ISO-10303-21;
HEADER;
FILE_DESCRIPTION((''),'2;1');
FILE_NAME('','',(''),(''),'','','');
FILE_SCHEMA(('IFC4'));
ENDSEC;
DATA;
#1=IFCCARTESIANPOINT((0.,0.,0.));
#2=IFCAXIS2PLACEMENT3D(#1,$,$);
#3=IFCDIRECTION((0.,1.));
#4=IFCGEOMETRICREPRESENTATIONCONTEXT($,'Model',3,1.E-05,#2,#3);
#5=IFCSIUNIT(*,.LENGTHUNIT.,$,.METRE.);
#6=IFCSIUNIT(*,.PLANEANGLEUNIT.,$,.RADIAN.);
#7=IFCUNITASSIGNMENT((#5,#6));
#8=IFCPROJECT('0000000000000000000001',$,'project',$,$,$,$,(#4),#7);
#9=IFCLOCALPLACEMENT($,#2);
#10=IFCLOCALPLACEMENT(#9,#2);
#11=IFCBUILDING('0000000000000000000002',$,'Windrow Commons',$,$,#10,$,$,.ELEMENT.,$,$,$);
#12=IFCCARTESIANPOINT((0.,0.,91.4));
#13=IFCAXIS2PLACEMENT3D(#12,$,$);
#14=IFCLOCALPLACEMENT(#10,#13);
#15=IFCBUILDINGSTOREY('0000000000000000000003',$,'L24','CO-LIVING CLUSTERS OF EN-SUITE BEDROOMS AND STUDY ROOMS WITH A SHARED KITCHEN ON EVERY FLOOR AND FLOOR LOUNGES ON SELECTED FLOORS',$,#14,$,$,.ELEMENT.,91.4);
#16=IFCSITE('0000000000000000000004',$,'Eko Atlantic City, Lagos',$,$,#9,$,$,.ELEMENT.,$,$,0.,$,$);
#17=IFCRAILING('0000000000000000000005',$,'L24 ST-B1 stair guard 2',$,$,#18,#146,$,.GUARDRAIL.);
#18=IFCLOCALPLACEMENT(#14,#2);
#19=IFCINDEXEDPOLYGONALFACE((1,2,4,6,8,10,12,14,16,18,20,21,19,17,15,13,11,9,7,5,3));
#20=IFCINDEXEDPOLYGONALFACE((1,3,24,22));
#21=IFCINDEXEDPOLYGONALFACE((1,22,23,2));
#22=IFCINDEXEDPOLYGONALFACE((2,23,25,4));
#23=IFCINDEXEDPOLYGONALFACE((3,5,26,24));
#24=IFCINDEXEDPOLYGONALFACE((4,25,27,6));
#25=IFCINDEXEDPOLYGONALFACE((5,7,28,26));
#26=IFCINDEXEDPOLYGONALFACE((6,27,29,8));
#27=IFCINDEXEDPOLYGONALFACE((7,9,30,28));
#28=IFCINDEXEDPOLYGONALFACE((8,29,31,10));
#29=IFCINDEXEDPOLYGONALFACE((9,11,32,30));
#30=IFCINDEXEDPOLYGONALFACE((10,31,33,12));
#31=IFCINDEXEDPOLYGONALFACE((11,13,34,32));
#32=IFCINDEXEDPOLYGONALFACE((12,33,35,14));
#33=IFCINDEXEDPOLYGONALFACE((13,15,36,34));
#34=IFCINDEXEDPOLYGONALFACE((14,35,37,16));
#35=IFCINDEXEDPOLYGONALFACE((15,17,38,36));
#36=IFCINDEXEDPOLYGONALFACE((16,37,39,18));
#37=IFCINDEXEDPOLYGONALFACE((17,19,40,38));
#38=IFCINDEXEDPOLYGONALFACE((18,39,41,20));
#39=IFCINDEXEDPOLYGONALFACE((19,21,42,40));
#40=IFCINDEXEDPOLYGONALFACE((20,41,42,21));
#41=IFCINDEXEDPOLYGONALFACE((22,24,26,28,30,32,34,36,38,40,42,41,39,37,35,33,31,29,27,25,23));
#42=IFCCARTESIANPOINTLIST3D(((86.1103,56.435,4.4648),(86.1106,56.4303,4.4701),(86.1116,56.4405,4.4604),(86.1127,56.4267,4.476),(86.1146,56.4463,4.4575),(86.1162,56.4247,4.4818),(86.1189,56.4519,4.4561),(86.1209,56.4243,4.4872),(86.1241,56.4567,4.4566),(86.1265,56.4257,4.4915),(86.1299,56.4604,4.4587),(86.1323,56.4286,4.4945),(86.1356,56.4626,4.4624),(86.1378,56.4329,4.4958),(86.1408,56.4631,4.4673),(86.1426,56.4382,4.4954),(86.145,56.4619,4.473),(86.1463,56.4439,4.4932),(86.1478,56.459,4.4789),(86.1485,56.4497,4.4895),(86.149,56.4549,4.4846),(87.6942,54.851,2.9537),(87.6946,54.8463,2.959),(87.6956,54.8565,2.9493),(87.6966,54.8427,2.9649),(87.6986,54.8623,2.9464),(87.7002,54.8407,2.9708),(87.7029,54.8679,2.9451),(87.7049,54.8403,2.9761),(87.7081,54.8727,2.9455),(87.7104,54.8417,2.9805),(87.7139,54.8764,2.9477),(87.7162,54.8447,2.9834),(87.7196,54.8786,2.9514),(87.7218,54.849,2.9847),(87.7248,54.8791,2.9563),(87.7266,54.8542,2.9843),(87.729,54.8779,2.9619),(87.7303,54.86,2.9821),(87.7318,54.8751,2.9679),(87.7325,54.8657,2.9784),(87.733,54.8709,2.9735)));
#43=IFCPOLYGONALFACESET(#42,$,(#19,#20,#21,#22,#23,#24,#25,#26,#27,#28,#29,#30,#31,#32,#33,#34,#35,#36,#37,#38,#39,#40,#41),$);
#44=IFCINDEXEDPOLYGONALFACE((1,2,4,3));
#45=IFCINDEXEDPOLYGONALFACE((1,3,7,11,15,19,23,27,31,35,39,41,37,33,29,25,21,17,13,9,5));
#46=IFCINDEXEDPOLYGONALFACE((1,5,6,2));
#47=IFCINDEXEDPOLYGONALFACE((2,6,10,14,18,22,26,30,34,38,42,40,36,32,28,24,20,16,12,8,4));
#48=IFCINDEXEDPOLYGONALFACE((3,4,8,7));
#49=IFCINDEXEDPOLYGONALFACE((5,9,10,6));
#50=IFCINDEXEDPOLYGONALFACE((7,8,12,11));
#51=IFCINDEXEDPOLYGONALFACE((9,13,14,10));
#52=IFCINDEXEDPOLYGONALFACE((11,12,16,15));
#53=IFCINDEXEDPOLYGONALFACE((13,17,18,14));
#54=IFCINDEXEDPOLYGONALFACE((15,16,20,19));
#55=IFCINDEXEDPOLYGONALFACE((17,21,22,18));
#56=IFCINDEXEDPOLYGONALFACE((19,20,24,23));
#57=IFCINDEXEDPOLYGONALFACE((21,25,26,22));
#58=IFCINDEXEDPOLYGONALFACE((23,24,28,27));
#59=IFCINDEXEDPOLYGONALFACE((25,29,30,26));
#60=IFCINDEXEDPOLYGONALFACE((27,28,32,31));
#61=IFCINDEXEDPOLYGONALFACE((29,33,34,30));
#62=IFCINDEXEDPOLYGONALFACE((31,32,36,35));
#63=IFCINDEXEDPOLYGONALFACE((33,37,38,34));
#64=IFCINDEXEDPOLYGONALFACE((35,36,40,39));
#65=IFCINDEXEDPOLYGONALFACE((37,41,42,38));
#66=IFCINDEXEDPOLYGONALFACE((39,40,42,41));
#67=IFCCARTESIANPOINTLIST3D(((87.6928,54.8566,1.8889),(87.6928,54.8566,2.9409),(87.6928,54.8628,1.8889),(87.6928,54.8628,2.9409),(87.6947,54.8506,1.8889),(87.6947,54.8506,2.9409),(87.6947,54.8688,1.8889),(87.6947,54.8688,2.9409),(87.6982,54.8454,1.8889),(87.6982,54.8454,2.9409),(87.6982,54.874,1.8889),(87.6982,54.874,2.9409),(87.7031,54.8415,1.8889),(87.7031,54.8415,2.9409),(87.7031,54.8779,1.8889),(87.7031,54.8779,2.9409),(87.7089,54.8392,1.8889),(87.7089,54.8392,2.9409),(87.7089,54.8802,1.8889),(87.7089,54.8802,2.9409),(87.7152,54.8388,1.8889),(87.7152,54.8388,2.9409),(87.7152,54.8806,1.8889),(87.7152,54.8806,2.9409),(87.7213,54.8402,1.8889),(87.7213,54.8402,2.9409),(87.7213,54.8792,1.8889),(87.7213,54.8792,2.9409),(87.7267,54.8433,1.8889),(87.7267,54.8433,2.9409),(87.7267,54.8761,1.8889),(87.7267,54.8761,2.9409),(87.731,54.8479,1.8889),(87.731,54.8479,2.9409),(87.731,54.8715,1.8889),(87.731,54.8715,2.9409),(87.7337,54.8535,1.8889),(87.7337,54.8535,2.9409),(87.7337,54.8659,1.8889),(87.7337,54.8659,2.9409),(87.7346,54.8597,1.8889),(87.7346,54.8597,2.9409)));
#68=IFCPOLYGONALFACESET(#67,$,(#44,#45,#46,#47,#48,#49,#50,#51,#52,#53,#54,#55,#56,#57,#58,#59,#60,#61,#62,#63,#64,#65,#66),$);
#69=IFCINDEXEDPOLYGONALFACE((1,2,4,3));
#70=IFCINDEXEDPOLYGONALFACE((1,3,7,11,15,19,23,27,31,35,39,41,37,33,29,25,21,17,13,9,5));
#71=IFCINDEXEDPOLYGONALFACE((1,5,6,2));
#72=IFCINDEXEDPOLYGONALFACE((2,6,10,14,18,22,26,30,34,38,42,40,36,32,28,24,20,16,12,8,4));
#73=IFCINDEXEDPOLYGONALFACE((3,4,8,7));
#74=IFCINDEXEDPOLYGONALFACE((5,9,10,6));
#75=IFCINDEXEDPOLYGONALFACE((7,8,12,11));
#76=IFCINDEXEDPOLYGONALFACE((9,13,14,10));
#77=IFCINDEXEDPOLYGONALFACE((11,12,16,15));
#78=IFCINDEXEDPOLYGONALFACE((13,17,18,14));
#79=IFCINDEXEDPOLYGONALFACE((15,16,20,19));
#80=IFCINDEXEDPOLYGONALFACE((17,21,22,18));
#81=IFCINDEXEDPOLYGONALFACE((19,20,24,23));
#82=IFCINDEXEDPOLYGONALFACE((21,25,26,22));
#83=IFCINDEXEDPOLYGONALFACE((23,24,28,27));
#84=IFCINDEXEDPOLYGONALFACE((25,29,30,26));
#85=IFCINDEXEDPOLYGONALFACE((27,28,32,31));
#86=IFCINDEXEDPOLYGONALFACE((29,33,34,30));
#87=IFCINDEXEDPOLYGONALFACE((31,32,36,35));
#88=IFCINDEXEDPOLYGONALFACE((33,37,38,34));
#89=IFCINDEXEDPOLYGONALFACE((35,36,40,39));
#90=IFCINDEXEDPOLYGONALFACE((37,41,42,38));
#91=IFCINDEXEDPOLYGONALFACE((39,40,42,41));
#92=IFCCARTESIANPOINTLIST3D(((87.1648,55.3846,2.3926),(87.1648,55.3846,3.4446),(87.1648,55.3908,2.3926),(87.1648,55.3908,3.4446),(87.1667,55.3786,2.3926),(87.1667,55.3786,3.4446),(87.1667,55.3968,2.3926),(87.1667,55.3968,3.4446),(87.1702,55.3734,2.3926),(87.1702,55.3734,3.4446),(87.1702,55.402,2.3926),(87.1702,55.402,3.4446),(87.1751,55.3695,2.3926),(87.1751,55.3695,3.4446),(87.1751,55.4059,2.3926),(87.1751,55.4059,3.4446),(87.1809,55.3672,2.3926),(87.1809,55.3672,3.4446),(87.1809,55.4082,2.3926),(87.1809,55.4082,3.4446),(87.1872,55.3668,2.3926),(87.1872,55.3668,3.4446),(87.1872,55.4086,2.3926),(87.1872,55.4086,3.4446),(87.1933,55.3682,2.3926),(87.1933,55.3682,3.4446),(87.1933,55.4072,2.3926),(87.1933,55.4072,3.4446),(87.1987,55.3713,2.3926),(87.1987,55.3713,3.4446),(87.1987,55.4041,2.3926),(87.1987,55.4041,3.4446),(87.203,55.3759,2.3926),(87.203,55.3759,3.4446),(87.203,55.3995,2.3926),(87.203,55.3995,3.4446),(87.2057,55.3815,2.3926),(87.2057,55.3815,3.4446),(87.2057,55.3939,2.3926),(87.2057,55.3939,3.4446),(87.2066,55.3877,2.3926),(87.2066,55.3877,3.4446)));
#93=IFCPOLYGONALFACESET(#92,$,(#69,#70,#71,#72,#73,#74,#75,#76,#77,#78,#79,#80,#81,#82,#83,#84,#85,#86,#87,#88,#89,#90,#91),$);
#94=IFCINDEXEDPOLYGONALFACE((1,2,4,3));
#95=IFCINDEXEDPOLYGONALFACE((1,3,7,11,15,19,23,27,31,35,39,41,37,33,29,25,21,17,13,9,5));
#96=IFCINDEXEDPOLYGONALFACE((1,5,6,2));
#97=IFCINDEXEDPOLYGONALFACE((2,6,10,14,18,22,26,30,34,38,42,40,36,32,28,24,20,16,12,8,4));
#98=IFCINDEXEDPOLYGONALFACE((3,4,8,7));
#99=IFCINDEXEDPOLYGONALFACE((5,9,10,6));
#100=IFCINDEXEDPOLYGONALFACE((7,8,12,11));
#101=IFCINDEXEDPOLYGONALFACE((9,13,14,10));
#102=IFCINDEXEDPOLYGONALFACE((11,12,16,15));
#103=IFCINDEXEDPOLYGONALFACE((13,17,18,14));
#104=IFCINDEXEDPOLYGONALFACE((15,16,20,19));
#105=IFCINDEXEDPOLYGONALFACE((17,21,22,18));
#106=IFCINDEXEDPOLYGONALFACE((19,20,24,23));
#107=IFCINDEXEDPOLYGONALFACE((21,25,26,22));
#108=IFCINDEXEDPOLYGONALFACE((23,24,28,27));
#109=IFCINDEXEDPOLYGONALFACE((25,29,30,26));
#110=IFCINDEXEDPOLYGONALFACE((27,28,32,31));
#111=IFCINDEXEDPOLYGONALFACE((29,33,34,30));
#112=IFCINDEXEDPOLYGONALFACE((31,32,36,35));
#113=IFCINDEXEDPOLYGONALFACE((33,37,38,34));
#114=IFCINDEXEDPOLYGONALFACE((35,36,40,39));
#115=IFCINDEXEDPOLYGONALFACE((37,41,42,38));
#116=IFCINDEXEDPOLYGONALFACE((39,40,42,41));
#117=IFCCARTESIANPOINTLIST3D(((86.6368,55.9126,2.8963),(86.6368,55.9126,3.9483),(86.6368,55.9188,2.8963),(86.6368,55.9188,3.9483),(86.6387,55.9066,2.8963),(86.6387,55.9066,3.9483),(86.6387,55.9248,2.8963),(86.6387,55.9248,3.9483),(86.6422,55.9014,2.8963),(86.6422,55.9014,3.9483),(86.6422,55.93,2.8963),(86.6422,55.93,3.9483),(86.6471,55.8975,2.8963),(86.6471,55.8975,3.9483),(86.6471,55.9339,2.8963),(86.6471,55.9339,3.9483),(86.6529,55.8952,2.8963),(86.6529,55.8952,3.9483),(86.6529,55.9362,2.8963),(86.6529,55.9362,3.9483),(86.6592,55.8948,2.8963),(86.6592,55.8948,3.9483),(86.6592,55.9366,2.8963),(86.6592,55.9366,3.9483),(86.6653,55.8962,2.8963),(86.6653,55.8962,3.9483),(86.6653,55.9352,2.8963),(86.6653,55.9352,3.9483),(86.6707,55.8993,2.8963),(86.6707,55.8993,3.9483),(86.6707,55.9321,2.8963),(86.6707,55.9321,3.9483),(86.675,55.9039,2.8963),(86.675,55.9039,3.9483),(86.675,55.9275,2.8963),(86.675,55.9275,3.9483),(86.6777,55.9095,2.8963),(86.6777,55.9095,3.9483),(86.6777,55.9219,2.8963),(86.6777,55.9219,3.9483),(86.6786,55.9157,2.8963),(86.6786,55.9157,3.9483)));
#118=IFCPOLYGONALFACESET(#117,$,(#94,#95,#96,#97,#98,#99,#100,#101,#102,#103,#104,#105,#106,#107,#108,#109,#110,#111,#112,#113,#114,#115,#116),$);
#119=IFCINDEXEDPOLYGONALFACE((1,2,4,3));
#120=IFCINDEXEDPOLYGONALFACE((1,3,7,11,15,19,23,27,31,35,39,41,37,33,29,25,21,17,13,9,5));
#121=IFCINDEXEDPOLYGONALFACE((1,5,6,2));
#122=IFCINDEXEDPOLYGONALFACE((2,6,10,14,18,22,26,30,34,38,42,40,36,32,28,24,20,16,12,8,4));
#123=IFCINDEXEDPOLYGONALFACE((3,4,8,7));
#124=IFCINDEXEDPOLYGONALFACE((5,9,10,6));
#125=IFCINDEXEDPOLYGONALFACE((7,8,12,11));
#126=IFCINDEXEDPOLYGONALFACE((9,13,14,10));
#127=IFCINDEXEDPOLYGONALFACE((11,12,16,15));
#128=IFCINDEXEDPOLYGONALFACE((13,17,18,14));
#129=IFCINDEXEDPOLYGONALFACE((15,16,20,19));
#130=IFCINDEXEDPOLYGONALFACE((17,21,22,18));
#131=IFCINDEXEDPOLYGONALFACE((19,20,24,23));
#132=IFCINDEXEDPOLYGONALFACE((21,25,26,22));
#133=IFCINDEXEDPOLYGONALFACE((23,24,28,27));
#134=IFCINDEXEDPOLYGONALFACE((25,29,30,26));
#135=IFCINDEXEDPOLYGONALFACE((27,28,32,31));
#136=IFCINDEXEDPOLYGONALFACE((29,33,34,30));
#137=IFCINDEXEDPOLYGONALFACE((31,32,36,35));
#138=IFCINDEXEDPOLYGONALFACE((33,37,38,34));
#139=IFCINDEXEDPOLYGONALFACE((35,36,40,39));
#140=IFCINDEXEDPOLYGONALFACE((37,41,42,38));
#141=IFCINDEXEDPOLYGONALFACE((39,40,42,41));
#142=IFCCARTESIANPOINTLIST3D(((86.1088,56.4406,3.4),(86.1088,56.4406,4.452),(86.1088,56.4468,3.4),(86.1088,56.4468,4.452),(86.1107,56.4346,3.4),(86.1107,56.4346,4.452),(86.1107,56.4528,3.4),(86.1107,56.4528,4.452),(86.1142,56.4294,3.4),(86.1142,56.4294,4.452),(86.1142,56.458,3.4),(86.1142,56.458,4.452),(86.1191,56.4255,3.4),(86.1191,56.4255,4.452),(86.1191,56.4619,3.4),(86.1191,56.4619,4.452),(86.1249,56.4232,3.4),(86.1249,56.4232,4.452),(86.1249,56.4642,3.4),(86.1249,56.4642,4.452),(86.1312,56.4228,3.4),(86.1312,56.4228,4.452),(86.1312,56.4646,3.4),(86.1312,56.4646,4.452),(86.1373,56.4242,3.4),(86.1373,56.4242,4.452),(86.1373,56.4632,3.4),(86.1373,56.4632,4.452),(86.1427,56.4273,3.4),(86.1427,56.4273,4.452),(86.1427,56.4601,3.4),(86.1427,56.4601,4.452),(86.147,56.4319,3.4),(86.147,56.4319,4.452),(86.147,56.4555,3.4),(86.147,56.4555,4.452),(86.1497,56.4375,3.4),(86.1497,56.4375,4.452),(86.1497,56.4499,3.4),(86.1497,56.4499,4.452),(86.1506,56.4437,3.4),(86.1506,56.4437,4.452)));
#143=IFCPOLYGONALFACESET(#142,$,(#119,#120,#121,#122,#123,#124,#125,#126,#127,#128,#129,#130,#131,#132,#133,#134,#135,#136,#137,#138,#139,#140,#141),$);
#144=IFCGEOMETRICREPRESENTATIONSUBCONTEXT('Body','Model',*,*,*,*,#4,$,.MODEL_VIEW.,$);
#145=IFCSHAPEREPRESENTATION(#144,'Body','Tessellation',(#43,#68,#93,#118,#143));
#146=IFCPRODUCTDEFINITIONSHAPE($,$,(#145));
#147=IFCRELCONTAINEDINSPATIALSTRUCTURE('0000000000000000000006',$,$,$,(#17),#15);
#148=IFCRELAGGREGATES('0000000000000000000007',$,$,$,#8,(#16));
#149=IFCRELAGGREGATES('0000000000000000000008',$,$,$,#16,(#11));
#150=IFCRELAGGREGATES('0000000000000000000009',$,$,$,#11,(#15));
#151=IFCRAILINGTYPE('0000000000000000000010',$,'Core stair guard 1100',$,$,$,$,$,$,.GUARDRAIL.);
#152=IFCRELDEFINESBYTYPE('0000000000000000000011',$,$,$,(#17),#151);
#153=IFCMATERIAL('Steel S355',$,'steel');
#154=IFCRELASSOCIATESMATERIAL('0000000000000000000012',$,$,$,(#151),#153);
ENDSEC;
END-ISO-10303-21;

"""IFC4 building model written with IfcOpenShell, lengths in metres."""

from ifc_helpers import new_model, si_unit, direction, frame, origin, origin_2d, place, context, subcontext, project, spatial, circle, extrude, material, type_object, element, save


model = new_model("IFC4")

# Units and contexts
model_context = context("Model", 3, precision=1e-05, world=origin(), true_north=direction((0.0, 1.0)))
body_context = subcontext(model_context, "Body", "Model", "MODEL_VIEW")
ifc_project = project(units=[si_unit("LENGTHUNIT", "METRE"), si_unit("PLANEANGLEUNIT", "RADIAN")], contexts=[model_context])

# Site, building, storey
site_placement = place(None, origin())
site = spatial("IfcSite", under=ifc_project, at=site_placement, Name="Eko Atlantic City, Lagos", CompositionType="ELEMENT", RefElevation=0.0)
building_placement = place(site_placement, origin())
building = spatial("IfcBuilding", under=site, at=building_placement, Name="Windrow Commons", CompositionType="ELEMENT")
storey_placement = place(building_placement, frame((0.0, 0.0, 91.4)))
storey = spatial("IfcBuildingStorey", under=building, at=storey_placement, Name="L24", Description="CO-LIVING CLUSTERS OF EN-SUITE BEDROOMS AND STUDY ROOMS WITH A SHARED KITCHEN ON EVERY FLOOR AND FLOOR LOUNGES ON SELECTED FLOORS", CompositionType="ELEMENT", Elevation=91.4)

# Railing
ifc_material_1 = material(Name="Steel S355", Category="steel")
railing_type_1 = type_object("IfcRailingType", Name="Core stair guard 1100", PredefinedType="GUARDRAIL", material=ifc_material_1)
railing_1_placement = place(storey_placement, frame((87.7136, 54.8597, 1.8889)))
element("IfcRailing", 1, at=railing_1_placement, inside=storey, type_object=railing_type_1, Name="L24 ST-B1 stair guard 2", PredefinedType="GUARDRAIL", context=body_context, shape_type="SweptSolid", body=[
    extrude(circle(Radius=0.024, at=origin_2d()), frame((0.0, 0.0, 1.076), z_axis=(-0.586203, 0.586203, 0.559224), x_axis=(-0.707107, -0.707107, 0.0)), (0.0, 0.0, 1.0), 2.7021),
    extrude(circle(Radius=0.021, at=origin_2d()), origin(), (0.0, 0.0, 1.0), 1.052),
    extrude(circle(Radius=0.021, at=origin_2d()), frame((-0.528, 0.528, 0.5037)), (0.0, 0.0, 1.0), 1.052),
    extrude(circle(Radius=0.021, at=origin_2d()), frame((-1.056, 1.056, 1.0074)), (0.0, 0.0, 1.0), 1.052),
    extrude(circle(Radius=0.021, at=origin_2d()), frame((-1.584, 1.584, 1.5111)), (0.0, 0.0, 1.0), 1.052),
])

save(model, "model.ifc")
